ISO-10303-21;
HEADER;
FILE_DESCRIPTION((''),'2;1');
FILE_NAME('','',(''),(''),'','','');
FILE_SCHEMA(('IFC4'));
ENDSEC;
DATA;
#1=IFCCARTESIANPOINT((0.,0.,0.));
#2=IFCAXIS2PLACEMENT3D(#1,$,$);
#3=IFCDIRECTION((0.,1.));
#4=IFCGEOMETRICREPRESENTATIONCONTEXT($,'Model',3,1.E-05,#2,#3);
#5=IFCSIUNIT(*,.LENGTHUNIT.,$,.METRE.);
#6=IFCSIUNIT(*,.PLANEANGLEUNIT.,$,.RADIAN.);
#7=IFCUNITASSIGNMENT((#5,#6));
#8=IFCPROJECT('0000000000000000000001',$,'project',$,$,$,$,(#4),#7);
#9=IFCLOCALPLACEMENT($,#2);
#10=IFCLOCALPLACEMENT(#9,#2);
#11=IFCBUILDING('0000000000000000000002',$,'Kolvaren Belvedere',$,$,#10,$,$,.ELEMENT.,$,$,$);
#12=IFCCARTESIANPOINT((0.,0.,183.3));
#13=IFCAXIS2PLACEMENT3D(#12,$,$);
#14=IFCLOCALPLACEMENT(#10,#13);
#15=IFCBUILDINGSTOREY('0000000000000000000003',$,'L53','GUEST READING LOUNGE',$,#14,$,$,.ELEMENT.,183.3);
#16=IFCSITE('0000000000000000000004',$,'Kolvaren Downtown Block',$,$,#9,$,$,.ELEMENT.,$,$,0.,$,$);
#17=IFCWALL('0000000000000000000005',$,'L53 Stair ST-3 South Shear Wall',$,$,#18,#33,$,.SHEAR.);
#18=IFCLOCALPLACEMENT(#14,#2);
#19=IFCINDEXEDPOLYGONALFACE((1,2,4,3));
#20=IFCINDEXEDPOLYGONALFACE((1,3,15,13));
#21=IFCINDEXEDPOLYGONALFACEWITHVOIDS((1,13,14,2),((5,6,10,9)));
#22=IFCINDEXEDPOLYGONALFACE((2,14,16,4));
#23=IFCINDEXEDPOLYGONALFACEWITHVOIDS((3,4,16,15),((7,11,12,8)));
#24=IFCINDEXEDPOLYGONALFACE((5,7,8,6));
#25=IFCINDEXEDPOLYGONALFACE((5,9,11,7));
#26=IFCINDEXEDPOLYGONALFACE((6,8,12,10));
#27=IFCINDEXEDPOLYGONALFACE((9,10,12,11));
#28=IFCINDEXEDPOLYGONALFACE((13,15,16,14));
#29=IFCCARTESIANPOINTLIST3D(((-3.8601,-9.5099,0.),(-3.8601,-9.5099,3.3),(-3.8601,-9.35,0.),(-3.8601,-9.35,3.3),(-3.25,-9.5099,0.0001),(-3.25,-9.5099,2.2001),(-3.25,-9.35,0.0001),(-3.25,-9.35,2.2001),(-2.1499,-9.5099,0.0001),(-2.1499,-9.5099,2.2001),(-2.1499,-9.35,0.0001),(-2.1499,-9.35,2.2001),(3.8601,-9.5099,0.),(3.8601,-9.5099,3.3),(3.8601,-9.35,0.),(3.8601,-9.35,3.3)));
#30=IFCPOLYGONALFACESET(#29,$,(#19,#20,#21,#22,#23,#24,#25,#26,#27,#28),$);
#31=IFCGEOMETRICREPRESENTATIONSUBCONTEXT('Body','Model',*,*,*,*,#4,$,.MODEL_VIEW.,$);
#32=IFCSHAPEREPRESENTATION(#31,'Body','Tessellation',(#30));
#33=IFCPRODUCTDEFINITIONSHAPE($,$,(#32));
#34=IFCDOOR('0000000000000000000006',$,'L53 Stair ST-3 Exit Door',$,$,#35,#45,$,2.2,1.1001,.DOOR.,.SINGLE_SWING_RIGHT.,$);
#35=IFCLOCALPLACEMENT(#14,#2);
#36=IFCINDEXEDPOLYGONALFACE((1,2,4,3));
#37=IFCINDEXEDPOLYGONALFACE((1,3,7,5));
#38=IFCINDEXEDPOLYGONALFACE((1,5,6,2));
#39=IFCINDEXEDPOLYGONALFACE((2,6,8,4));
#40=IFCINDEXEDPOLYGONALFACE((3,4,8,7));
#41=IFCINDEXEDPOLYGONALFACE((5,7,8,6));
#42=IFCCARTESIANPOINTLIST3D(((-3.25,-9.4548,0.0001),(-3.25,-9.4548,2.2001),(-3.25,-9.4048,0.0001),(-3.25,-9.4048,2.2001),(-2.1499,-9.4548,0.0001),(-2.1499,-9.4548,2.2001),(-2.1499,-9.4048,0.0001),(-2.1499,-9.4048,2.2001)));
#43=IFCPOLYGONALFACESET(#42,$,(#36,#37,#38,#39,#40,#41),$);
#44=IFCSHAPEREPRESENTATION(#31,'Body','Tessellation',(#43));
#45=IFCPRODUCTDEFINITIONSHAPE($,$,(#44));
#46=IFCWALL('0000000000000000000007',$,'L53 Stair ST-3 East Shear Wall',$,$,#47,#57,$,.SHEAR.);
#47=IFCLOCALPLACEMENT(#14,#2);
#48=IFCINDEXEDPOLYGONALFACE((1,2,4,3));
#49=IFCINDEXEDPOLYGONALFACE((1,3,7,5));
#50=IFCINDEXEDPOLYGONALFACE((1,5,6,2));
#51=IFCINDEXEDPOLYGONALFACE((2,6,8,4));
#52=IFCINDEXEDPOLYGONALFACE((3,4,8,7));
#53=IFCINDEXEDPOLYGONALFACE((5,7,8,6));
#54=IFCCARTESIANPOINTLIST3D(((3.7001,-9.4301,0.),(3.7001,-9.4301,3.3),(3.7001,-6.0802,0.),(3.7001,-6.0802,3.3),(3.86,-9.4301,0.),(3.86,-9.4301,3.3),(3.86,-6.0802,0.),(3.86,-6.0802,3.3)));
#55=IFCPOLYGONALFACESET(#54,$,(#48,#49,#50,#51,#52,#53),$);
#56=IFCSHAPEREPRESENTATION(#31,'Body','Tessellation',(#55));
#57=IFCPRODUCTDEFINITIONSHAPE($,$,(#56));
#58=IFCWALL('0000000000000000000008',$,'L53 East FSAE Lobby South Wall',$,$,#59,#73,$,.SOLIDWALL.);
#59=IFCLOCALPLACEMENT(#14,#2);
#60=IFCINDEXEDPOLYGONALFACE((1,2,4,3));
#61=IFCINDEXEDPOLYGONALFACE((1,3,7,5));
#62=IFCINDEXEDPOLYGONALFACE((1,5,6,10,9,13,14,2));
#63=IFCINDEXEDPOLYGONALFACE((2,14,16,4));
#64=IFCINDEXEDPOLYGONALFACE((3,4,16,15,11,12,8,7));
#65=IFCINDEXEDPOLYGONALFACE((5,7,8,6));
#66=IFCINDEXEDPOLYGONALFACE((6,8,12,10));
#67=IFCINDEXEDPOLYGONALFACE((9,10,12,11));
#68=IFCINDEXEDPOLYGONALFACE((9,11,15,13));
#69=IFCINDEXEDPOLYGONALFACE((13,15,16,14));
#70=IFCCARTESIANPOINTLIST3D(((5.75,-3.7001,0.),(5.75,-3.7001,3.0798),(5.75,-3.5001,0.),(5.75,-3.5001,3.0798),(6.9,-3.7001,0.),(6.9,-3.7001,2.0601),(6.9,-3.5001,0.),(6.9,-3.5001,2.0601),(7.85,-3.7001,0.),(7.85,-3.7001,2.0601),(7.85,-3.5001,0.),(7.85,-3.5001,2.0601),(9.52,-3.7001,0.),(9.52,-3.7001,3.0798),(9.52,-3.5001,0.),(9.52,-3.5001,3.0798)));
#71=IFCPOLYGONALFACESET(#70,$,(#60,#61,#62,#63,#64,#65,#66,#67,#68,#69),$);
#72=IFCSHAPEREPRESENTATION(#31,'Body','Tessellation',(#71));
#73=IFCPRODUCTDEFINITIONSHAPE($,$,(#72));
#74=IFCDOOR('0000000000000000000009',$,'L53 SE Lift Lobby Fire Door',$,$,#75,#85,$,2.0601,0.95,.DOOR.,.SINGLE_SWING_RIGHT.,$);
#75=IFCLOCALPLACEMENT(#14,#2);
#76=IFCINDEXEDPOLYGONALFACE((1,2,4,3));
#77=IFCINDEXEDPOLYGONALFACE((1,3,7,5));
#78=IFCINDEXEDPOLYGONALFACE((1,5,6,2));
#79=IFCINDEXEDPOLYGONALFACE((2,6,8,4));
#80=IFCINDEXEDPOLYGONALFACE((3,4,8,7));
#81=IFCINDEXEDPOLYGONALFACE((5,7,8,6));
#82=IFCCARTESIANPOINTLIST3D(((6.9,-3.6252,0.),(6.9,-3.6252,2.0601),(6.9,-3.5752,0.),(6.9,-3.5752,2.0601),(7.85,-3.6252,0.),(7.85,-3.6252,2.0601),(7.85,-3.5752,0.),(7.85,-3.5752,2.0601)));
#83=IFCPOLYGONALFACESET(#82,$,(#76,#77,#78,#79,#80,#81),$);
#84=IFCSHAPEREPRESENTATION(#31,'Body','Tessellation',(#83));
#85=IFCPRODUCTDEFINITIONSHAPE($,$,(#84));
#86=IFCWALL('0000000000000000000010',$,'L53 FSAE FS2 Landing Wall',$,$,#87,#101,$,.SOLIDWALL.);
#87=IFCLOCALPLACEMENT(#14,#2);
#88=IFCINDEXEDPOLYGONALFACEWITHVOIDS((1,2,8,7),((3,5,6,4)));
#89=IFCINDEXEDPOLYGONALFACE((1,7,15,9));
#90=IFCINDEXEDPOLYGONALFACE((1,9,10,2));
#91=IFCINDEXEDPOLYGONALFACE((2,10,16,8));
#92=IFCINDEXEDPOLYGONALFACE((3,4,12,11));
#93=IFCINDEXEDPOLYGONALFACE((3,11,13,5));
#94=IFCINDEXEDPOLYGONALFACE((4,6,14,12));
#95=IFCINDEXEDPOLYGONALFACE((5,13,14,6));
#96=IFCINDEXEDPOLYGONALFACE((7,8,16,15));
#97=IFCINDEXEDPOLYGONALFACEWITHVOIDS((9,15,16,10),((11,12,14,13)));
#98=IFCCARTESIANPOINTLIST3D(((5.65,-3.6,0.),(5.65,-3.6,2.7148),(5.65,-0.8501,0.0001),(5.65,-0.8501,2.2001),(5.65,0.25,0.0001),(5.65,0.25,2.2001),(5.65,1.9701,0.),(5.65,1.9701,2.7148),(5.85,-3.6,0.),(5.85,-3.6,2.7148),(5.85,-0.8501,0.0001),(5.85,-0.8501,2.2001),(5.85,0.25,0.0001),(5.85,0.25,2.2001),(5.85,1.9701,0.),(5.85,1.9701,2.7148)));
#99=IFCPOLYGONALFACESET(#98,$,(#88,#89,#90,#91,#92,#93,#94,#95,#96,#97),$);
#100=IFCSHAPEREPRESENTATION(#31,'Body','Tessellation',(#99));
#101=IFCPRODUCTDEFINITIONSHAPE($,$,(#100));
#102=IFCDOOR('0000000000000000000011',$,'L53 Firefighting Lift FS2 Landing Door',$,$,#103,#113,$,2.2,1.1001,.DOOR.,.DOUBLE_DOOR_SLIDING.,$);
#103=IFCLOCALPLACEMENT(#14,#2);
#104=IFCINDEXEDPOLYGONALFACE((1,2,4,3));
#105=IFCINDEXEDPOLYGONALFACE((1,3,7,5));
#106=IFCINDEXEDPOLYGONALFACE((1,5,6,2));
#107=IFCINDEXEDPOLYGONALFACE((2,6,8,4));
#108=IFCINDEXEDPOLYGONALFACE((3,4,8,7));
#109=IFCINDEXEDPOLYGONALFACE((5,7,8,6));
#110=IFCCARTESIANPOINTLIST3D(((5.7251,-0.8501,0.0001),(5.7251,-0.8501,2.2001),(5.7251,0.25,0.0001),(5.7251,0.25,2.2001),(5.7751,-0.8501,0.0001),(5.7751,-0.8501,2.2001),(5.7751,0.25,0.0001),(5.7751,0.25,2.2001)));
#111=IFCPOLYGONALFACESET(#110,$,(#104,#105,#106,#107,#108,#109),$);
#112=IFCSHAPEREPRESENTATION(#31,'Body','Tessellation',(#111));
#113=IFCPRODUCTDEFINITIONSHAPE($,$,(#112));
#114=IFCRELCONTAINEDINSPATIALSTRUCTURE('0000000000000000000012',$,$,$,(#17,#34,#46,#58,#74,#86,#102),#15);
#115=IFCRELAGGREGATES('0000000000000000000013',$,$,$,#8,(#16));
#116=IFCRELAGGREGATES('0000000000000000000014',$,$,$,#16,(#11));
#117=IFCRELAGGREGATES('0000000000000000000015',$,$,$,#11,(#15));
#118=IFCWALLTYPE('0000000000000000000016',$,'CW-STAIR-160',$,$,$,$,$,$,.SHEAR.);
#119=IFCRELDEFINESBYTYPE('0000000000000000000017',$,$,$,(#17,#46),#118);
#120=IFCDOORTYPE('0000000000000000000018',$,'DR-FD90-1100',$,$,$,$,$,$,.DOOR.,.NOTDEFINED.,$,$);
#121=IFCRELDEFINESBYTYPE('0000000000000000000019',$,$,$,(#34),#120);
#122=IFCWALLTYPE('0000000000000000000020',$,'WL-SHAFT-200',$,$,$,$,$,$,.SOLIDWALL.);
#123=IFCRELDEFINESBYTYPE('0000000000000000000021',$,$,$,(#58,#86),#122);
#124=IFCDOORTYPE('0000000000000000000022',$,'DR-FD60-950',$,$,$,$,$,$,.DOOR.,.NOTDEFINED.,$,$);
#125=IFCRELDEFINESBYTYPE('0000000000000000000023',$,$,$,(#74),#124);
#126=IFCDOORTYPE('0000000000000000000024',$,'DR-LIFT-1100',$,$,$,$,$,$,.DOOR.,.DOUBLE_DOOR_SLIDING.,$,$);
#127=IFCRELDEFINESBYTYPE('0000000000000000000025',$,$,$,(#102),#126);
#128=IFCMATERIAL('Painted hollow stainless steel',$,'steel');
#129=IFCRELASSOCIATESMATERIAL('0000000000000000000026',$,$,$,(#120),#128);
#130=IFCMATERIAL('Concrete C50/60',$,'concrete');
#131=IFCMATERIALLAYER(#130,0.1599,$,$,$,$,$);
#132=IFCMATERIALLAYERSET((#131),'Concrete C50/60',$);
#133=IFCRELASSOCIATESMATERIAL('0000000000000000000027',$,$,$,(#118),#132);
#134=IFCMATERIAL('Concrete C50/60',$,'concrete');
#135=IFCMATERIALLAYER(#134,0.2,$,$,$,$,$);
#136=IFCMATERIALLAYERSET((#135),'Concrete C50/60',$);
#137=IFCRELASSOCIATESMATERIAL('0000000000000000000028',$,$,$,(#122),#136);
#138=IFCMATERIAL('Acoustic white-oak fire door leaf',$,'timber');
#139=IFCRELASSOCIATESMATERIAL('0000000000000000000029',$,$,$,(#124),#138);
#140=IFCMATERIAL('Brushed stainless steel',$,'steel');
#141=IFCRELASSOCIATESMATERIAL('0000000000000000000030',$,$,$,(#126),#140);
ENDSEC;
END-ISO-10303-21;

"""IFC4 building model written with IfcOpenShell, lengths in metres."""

from ifc_helpers import new_model, si_unit, direction, frame, frame_2d, origin, place, context, subcontext, project, spatial, rectangle, extrude, material, layer, layer_set, type_object, element, fill, save


model = new_model("IFC4")

# Units and contexts
model_context = context("Model", 3, precision=1e-05, world=origin(), true_north=direction((0.0, 1.0)))
body_context = subcontext(model_context, "Body", "Model", "MODEL_VIEW")
ifc_project = project(units=[si_unit("LENGTHUNIT", "METRE"), si_unit("PLANEANGLEUNIT", "RADIAN")], contexts=[model_context])

# Site, building, storey
site_placement = place(None, origin())
site = spatial("IfcSite", under=ifc_project, at=site_placement, Name="Kolvaren Downtown Block", CompositionType="ELEMENT", RefElevation=0.0)
building_placement = place(site_placement, origin())
building = spatial("IfcBuilding", under=site, at=building_placement, Name="Kolvaren Belvedere", CompositionType="ELEMENT")
storey_placement = place(building_placement, frame((0.0, 0.0, 183.3)))
storey = spatial("IfcBuildingStorey", under=building, at=storey_placement, Name="L53", Description="GUEST READING LOUNGE", CompositionType="ELEMENT", Elevation=183.3)

# Wall, opening, door
ifc_material_1 = material(Name="Painted hollow stainless steel", Category="steel")
door_type_1 = type_object("IfcDoorType", Name="DR-FD90-1100", OperationType="NOTDEFINED", PredefinedType="DOOR", material=ifc_material_1)
ifc_material_2 = material(Name="Concrete C50/60", Category="concrete")
ifc_layer_1 = layer(ifc_material_2, 0.1599)
ifc_layer_set_1 = layer_set([ifc_layer_1], Name="Concrete C50/60")
wall_type_1 = type_object("IfcWallType", Name="CW-STAIR-160", PredefinedType="SHEAR", material=ifc_layer_set_1)
wall_1_placement = place(storey_placement, frame((3.8601, -9.4299, 0.0), z_axis=(0.0, 0.0, 1.0), x_axis=(-1.0, 0.0, 0.0)))
wall_1 = element("IfcWall", 1, at=wall_1_placement, inside=storey, type_object=wall_type_1, Name="L53 Stair ST-3 South Shear Wall", PredefinedType="SHEAR", context=body_context, shape_type="SweptSolid", body=[
    extrude(rectangle(XDim=7.7202, YDim=0.1599, at=frame_2d((3.8601, 0.0))), origin(), (0.0, 0.0, 1.0), 3.3),
])
opening_1_placement = place(wall_1_placement, frame((6.01, 0.0, 0.0)))
opening_1 = element("IfcOpeningElement", 2, at=opening_1_placement, cuts=wall_1, PredefinedType="OPENING", context=body_context, shape_type="SweptSolid", body=[
    extrude(rectangle(XDim=1.1001, YDim=2.2, at=frame_2d((0.55, 1.1001))), frame((0.0, 0.0898, 0.0), z_axis=(0.0, -1.0, 0.0), x_axis=(1.0, 0.0, 0.0)), (0.0, 0.0, 1.0), 0.1799),
])
door_1_placement = place(opening_1_placement, origin())
door_1 = element("IfcDoor", 3, at=door_1_placement, inside=storey, type_object=door_type_1, Name="L53 Stair ST-3 Exit Door", OperationType="SINGLE_SWING_RIGHT", OverallHeight=2.2, OverallWidth=1.1001, PredefinedType="DOOR", context=body_context, shape_type="SweptSolid", body=[
    extrude(rectangle(XDim=1.1001, YDim=2.2, at=frame_2d((0.55, 1.1001))), frame((0.0, 0.0249, 0.0), z_axis=(0.0, -1.0, 0.0), x_axis=(1.0, 0.0, 0.0)), (0.0, 0.0, 1.0), 0.05),
])
fill(opening_1, door_1)

# Wall
wall_2_placement = place(storey_placement, frame((3.78, -9.4299, 0.0), z_axis=(0.0, 0.0, 1.0), x_axis=(0.0, 1.0, 0.0)))
element("IfcWall", 4, at=wall_2_placement, inside=storey, type_object=wall_type_1, Name="L53 Stair ST-3 East Shear Wall", PredefinedType="SHEAR", context=body_context, shape_type="SweptSolid", body=[
    extrude(rectangle(XDim=3.3499, YDim=0.1599, at=frame_2d((1.6748, 0.0))), origin(), (0.0, 0.0, 1.0), 3.3),
])

# Walls, openings, doors
ifc_material_3 = material(Name="Concrete C50/60", Category="concrete")
ifc_layer_2 = layer(ifc_material_3, 0.2)
ifc_layer_set_2 = layer_set([ifc_layer_2], Name="Concrete C50/60")
wall_type_2 = type_object("IfcWallType", Name="WL-SHAFT-200", PredefinedType="SOLIDWALL", material=ifc_layer_set_2)
wall_3_placement = place(storey_placement, frame((5.75, -3.6001, 0.0), z_axis=(0.0, 0.0, 1.0), x_axis=(1.0, 0.0, 0.0)))
wall_3 = element("IfcWall", 5, at=wall_3_placement, inside=storey, type_object=wall_type_2, Name="L53 East FSAE Lobby South Wall", PredefinedType="SOLIDWALL", context=body_context, shape_type="SweptSolid", body=[
    extrude(rectangle(XDim=3.77, YDim=0.2, at=frame_2d((1.885, 0.0))), origin(), (0.0, 0.0, 1.0), 3.0798),
])
opening_2_placement = place(wall_3_placement, frame((1.1499, 0.0, 0.0)))
opening_2 = element("IfcOpeningElement", 6, at=opening_2_placement, cuts=wall_3, PredefinedType="OPENING", context=body_context, shape_type="SweptSolid", body=[
    extrude(rectangle(XDim=0.95, YDim=2.0601, at=frame_2d((0.4751, 1.03))), frame((0.0, 0.1099, 0.0), z_axis=(0.0, -1.0, 0.0), x_axis=(1.0, 0.0, 0.0)), (0.0, 0.0, 1.0), 0.22),
])
ifc_material_4 = material(Name="Acoustic white-oak fire door leaf", Category="timber")
door_type_2 = type_object("IfcDoorType", Name="DR-FD60-950", OperationType="NOTDEFINED", PredefinedType="DOOR", material=ifc_material_4)
door_2_placement = place(opening_2_placement, origin())
door_2 = element("IfcDoor", 7, at=door_2_placement, inside=storey, type_object=door_type_2, Name="L53 SE Lift Lobby Fire Door", OperationType="SINGLE_SWING_RIGHT", OverallHeight=2.0601, OverallWidth=0.95, PredefinedType="DOOR", context=body_context, shape_type="SweptSolid", body=[
    extrude(rectangle(XDim=0.95, YDim=2.0601, at=frame_2d((0.4751, 1.03))), frame((0.0, 0.0249, 0.0), z_axis=(0.0, -1.0, 0.0), x_axis=(1.0, 0.0, 0.0)), (0.0, 0.0, 1.0), 0.05),
])
fill(opening_2, door_2)
wall_4_placement = place(storey_placement, frame((5.75, -3.6001, 0.0), z_axis=(0.0, 0.0, 1.0), x_axis=(0.0, 1.0, 0.0)))
wall_4 = element("IfcWall", 8, at=wall_4_placement, inside=storey, type_object=wall_type_2, Name="L53 FSAE FS2 Landing Wall", PredefinedType="SOLIDWALL", context=body_context, shape_type="SweptSolid", body=[
    extrude(rectangle(XDim=5.5701, YDim=0.2, at=frame_2d((2.7852, 0.0))), origin(), (0.0, 0.0, 1.0), 2.7148),
])
opening_3_placement = place(wall_4_placement, frame((2.75, 0.0, 0.0)))
opening_3 = element("IfcOpeningElement", 9, at=opening_3_placement, cuts=wall_4, PredefinedType="OPENING", context=body_context, shape_type="SweptSolid", body=[
    extrude(rectangle(XDim=1.1001, YDim=2.2, at=frame_2d((0.55, 1.1001))), frame((0.0, 0.1099, 0.0), z_axis=(0.0, -1.0, 0.0), x_axis=(1.0, 0.0, 0.0)), (0.0, 0.0, 1.0), 0.22),
])
ifc_material_5 = material(Name="Brushed stainless steel", Category="steel")
door_type_3 = type_object("IfcDoorType", Name="DR-LIFT-1100", OperationType="DOUBLE_DOOR_SLIDING", PredefinedType="DOOR", material=ifc_material_5)
door_3_placement = place(opening_3_placement, origin())
door_3 = element("IfcDoor", 10, at=door_3_placement, inside=storey, type_object=door_type_3, Name="L53 Firefighting Lift FS2 Landing Door", OperationType="DOUBLE_DOOR_SLIDING", OverallHeight=2.2, OverallWidth=1.1001, PredefinedType="DOOR", context=body_context, shape_type="SweptSolid", body=[
    extrude(rectangle(XDim=1.1001, YDim=2.2, at=frame_2d((0.55, 1.1001))), frame((0.0, 0.0249, 0.0), z_axis=(0.0, -1.0, 0.0), x_axis=(1.0, 0.0, 0.0)), (0.0, 0.0, 1.0), 0.05),
])
fill(opening_3, door_3)

save(model, "model.ifc")
